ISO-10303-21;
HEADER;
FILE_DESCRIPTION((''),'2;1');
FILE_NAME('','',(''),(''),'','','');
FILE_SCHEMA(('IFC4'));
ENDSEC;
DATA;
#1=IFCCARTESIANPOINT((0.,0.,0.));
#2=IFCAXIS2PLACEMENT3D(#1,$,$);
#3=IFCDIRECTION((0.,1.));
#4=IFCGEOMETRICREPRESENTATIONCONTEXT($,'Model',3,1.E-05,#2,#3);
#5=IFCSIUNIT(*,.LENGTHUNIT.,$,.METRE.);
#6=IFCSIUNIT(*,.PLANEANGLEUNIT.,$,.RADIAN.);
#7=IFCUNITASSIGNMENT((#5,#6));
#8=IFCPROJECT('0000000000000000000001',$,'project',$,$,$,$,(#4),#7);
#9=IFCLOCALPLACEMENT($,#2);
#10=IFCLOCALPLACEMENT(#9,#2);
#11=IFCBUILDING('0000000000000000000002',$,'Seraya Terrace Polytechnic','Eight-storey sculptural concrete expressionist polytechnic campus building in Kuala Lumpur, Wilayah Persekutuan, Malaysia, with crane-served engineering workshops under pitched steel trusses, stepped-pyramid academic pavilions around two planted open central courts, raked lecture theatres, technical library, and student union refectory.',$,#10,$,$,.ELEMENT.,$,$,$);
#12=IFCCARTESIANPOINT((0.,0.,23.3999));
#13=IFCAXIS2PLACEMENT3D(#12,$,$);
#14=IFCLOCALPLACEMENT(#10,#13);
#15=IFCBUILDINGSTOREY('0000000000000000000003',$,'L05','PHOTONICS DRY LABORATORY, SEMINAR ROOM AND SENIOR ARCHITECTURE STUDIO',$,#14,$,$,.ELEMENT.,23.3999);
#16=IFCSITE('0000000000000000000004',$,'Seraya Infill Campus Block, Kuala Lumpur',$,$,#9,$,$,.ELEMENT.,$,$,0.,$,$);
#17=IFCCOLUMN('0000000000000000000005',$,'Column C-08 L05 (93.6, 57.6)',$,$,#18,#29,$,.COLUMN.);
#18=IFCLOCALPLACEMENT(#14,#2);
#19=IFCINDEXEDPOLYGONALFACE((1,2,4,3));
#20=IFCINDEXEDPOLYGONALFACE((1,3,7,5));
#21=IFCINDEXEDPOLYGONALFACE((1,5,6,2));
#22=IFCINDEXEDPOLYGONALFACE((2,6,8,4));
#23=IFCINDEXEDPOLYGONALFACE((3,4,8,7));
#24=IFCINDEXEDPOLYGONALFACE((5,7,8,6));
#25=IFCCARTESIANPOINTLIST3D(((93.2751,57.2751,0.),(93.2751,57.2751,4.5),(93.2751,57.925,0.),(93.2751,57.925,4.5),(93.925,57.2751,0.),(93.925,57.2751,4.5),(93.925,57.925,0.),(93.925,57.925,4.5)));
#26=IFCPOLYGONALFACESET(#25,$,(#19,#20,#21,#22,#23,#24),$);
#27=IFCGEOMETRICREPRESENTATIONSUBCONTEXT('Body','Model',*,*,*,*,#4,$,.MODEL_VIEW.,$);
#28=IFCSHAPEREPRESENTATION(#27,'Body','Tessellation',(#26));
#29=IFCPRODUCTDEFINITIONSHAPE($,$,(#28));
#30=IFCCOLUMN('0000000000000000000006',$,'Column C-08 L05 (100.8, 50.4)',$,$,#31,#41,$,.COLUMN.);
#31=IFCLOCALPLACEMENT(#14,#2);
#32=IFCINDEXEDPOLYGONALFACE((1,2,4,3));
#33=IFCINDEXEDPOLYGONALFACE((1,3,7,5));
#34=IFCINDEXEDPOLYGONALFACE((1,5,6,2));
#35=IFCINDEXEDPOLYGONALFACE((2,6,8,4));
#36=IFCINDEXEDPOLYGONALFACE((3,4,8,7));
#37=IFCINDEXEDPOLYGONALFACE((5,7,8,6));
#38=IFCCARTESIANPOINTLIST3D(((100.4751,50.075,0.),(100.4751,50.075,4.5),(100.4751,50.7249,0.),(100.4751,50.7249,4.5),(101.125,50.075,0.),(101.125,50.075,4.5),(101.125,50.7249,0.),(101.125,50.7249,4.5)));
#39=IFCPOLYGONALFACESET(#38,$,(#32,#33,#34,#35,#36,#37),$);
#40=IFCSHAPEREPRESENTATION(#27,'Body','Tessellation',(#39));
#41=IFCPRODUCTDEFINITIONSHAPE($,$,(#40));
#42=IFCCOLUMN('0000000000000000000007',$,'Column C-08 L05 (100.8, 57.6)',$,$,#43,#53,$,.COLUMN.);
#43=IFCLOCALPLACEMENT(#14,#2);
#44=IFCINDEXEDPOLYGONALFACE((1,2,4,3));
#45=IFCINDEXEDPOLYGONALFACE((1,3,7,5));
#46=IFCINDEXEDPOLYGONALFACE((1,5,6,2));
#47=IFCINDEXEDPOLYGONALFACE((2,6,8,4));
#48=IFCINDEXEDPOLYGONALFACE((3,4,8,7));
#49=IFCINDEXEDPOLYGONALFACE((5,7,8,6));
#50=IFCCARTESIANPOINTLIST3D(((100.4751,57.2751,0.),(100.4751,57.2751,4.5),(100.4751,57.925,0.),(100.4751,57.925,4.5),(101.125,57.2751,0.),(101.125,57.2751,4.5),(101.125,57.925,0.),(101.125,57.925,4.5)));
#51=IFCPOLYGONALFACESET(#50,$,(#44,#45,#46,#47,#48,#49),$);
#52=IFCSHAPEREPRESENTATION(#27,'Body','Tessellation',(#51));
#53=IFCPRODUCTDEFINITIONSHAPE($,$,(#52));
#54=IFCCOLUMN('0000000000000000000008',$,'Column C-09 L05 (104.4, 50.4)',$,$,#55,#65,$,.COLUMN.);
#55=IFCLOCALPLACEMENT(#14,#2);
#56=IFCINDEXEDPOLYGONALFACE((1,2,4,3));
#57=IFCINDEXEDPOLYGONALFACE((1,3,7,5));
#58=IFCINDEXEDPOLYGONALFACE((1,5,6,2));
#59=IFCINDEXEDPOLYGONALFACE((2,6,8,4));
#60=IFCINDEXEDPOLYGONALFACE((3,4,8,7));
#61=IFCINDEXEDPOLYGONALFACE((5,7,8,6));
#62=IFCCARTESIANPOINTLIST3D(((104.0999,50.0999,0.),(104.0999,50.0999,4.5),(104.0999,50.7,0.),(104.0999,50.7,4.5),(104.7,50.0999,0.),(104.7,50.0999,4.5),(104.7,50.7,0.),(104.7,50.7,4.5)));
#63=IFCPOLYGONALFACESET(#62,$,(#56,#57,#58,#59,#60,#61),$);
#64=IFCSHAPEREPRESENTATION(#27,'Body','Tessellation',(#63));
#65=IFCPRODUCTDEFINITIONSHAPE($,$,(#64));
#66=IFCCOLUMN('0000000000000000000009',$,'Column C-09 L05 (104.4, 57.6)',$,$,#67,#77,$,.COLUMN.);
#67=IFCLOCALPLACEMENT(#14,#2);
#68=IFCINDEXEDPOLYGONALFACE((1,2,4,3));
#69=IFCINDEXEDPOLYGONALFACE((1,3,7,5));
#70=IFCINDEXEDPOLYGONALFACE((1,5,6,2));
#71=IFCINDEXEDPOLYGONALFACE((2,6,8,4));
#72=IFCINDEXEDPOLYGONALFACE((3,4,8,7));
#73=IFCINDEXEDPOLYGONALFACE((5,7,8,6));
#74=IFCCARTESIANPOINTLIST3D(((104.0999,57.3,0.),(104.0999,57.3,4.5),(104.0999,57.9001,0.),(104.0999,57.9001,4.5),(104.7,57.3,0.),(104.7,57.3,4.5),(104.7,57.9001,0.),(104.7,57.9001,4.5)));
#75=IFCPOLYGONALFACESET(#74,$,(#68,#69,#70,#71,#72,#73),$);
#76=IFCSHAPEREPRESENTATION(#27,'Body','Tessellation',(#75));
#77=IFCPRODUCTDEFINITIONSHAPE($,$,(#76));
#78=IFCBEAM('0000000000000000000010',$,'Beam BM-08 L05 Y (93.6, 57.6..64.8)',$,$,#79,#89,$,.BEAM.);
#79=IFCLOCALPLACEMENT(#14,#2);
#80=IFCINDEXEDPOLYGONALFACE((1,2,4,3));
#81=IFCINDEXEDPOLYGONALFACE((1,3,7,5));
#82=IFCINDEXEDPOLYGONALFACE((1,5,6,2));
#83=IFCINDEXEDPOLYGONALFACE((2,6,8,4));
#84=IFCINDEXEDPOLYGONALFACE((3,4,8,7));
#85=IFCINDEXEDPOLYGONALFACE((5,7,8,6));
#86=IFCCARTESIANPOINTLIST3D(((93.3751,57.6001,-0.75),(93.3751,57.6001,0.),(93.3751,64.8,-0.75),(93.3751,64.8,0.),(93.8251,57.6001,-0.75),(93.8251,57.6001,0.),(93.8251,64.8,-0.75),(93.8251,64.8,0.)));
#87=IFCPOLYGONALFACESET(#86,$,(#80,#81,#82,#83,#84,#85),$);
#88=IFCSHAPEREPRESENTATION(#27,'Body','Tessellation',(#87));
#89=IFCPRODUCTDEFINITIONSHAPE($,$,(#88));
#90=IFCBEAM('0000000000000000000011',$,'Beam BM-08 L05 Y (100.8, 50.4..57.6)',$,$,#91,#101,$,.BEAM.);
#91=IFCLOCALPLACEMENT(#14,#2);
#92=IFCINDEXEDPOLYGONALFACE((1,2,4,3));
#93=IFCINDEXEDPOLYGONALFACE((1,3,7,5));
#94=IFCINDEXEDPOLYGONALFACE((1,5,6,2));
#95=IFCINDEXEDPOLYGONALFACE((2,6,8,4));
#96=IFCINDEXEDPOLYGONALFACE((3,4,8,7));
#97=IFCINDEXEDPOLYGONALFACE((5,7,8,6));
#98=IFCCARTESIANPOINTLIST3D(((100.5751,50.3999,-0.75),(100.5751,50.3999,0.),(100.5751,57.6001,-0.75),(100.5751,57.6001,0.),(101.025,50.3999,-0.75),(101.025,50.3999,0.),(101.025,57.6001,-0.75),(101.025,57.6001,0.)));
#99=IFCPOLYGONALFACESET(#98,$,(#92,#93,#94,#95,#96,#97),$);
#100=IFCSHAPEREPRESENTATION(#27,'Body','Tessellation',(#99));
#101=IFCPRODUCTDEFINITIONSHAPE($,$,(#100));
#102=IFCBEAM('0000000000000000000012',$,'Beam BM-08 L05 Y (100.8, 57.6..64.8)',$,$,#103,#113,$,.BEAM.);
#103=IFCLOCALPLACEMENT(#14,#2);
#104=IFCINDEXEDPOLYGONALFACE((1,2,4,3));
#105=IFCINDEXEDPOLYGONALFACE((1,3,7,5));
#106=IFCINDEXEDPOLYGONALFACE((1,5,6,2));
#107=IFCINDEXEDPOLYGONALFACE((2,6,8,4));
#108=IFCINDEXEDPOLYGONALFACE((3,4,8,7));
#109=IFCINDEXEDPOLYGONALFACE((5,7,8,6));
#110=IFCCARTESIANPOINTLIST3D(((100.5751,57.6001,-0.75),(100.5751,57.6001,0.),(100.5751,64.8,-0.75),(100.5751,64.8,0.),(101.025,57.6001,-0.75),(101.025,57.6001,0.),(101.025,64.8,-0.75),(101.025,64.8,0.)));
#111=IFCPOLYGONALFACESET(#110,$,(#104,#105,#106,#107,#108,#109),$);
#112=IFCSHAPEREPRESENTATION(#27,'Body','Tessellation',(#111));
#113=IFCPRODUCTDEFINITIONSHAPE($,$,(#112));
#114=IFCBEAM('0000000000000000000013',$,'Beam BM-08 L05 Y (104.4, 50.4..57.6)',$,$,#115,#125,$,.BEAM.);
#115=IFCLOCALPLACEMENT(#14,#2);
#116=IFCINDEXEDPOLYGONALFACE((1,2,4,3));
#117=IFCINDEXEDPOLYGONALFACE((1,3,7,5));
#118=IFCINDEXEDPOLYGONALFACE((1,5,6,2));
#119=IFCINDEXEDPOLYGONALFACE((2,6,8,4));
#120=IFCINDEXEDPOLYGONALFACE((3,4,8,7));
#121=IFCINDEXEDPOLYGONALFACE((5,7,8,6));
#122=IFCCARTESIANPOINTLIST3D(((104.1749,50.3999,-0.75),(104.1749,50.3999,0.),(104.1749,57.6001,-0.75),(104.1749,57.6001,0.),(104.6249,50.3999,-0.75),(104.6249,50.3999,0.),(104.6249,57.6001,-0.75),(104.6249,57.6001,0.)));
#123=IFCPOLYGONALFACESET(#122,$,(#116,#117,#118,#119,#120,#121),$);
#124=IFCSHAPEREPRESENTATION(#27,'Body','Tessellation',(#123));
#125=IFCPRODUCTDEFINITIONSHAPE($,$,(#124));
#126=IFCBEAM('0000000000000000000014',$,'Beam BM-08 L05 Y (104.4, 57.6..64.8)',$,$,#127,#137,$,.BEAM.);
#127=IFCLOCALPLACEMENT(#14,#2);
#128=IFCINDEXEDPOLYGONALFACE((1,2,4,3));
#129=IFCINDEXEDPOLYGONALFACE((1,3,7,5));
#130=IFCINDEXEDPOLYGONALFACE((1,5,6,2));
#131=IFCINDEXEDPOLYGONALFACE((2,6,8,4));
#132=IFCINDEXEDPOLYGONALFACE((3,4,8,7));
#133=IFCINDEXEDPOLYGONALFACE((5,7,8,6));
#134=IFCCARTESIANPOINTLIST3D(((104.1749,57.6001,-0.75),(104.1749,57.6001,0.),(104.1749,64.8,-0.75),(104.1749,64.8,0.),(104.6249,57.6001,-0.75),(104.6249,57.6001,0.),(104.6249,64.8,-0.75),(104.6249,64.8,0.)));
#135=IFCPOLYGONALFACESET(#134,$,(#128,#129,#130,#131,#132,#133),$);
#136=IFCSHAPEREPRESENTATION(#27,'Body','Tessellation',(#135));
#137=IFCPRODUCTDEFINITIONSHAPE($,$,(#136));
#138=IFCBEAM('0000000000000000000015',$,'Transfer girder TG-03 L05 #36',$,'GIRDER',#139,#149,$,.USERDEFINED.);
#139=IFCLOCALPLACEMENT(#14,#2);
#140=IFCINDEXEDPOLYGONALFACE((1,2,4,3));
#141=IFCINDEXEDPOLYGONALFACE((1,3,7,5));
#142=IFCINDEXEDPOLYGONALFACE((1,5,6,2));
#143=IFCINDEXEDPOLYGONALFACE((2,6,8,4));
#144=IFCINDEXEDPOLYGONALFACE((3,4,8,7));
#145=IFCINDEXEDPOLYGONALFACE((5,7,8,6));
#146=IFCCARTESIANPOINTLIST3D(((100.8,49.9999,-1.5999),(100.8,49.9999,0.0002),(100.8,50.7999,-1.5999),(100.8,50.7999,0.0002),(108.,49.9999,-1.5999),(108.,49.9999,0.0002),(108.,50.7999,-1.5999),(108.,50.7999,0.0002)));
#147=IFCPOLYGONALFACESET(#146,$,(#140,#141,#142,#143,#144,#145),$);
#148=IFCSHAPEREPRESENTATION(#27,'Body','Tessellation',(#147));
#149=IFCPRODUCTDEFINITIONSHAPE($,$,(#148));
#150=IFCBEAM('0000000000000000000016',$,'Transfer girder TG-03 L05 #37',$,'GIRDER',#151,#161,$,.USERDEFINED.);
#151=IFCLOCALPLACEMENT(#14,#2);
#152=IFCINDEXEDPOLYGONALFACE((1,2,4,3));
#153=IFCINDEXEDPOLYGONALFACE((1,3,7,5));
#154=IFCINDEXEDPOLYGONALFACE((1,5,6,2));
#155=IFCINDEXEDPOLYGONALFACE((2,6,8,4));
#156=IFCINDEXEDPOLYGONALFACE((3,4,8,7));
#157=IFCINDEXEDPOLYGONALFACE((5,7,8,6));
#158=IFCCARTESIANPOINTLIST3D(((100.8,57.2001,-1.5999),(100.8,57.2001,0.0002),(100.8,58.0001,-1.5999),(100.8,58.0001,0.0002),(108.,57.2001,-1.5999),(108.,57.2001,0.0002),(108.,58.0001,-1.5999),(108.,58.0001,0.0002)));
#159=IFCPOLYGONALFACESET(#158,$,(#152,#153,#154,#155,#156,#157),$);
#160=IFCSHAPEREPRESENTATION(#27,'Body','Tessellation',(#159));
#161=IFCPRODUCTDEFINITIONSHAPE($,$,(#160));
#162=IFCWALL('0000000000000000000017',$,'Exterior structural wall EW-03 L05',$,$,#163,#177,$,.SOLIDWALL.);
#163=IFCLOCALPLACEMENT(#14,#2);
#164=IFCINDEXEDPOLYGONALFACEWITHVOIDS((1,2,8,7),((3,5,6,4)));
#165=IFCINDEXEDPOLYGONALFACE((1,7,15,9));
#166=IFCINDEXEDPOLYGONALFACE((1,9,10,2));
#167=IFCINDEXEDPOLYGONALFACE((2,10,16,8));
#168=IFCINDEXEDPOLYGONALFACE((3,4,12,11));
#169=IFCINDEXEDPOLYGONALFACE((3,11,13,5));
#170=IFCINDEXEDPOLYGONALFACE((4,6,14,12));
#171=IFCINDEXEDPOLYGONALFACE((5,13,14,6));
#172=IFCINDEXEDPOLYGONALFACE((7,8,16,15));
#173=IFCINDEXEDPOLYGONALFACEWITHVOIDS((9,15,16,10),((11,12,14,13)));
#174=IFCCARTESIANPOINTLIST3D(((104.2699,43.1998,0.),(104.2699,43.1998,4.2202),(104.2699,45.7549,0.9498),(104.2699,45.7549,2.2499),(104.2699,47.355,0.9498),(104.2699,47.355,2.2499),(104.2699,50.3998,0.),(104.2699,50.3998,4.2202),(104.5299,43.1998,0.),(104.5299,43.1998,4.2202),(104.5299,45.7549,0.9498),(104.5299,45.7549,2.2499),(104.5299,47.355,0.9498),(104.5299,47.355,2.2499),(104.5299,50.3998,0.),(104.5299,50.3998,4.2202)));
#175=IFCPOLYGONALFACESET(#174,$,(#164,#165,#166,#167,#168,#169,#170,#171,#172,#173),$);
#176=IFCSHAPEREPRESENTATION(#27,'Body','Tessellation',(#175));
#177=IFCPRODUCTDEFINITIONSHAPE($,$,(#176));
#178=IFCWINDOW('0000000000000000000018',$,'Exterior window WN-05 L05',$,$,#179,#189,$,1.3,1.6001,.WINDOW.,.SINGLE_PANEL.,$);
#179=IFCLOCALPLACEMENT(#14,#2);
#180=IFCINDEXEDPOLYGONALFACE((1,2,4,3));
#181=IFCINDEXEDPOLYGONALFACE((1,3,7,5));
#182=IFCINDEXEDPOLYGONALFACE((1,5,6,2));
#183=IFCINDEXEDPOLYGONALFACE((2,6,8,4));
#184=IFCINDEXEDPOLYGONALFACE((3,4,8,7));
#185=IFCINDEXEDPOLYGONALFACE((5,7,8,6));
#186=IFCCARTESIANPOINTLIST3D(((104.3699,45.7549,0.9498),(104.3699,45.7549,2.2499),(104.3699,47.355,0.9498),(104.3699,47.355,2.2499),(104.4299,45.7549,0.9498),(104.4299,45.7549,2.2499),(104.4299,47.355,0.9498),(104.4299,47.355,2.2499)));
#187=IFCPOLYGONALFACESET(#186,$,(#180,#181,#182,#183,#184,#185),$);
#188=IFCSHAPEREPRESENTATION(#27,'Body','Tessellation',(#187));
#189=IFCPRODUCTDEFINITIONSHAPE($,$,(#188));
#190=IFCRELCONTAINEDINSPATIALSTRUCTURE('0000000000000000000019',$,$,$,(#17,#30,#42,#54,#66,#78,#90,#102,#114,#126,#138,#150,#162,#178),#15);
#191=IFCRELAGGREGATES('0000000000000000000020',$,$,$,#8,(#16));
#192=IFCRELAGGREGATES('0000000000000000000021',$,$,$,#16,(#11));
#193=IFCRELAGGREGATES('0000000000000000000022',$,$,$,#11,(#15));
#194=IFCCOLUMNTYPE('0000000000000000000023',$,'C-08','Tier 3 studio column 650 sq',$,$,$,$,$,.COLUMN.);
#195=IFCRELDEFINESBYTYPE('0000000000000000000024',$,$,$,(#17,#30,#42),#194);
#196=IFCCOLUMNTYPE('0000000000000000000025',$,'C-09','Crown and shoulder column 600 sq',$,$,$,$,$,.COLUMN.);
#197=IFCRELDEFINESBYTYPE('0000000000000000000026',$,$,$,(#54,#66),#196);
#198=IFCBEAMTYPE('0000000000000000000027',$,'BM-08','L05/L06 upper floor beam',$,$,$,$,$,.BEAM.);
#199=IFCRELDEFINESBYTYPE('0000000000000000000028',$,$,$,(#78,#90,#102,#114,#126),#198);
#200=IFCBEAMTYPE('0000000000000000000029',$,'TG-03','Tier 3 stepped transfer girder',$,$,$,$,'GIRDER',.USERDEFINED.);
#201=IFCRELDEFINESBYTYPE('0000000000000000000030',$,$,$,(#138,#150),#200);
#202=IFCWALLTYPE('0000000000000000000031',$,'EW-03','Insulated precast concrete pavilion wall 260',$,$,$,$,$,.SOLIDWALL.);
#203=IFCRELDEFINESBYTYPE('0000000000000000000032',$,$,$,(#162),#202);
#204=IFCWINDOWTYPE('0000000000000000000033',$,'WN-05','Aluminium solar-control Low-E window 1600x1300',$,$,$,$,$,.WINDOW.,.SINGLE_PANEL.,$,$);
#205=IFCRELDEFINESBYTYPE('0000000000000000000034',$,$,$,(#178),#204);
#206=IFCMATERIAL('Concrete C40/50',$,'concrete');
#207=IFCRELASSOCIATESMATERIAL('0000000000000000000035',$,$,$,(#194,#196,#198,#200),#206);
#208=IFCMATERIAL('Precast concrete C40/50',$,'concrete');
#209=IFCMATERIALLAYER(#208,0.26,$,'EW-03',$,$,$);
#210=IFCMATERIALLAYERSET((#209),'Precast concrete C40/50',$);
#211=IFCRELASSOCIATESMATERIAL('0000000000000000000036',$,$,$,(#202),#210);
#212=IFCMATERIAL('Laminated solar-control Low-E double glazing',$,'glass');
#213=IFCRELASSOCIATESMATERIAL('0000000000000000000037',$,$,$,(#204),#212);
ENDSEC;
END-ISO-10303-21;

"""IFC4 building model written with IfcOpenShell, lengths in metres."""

from ifc_helpers import new_model, si_unit, direction, frame, frame_2d, origin, origin_2d, place, context, subcontext, project, spatial, rectangle, extrude, material, layer, layer_set, material_profile, profile_set, type_object, element, fill, save


model = new_model("IFC4")

# Units and contexts
model_context = context("Model", 3, precision=1e-05, world=origin(), true_north=direction((0.0, 1.0)))
body_context = subcontext(model_context, "Body", "Model", "MODEL_VIEW")
ifc_project = project(units=[si_unit("LENGTHUNIT", "METRE"), si_unit("PLANEANGLEUNIT", "RADIAN")], contexts=[model_context])

# Site, building, storey
site_placement = place(None, origin())
site = spatial("IfcSite", under=ifc_project, at=site_placement, Name="Seraya Infill Campus Block, Kuala Lumpur", CompositionType="ELEMENT", RefElevation=0.0)
building_placement = place(site_placement, origin())
building = spatial("IfcBuilding", under=site, at=building_placement, Name="Seraya Terrace Polytechnic", Description="Eight-storey sculptural concrete expressionist polytechnic campus building in Kuala Lumpur, Wilayah Persekutuan, Malaysia, with crane-served engineering workshops under pitched steel trusses, stepped-pyramid academic pavilions around two planted open central courts, raked lecture theatres, technical library, and student union refectory.", CompositionType="ELEMENT")
storey_placement = place(building_placement, frame((0.0, 0.0, 23.3999)))
storey = spatial("IfcBuildingStorey", under=building, at=storey_placement, Name="L05", Description="PHOTONICS DRY LABORATORY, SEMINAR ROOM AND SENIOR ARCHITECTURE STUDIO", CompositionType="ELEMENT", Elevation=23.3999)

# Columns
ifc_material_1 = material(Name="Concrete C40/50", Category="concrete")
ifc_material_profile_1 = material_profile(ifc_material_1, rectangle(XDim=0.6499, YDim=0.6499, at=origin_2d()), Name="RC 650x650")
ifc_profile_set_1 = profile_set([ifc_material_profile_1], Name="Concrete C40/50")
column_type_1 = type_object("IfcColumnType", Name="C-08", Description="Tier 3 studio column 650 sq", PredefinedType="COLUMN", material=ifc_profile_set_1)
for number, where, z_axis, x_axis, name in (
    (1, (93.6001, 57.6001, 0.0), (0.0, 0.0, 1.0), (1.0, 0.0, 0.0), "Column C-08 L05 (93.6, 57.6)"),
    (2, (100.8, 50.3999, 0.0), (0.0, 0.0, 1.0), (1.0, 0.0, 0.0), "Column C-08 L05 (100.8, 50.4)"),
    (3, (100.8, 57.6001, 0.0), (0.0, 0.0, 1.0), (1.0, 0.0, 0.0), "Column C-08 L05 (100.8, 57.6)"),
):
    element("IfcColumn", number, at=place(storey_placement, frame(where, z_axis=z_axis, x_axis=x_axis)), inside=storey, type_object=column_type_1, Name=name, PredefinedType="COLUMN", context=body_context, shape_type="SweptSolid", body=[
        extrude(rectangle(XDim=0.6499, YDim=0.6499, at=origin_2d()), origin(), (0.0, 0.0, 1.0), 4.5),
    ])
ifc_material_profile_2 = material_profile(ifc_material_1, rectangle(XDim=0.6001, YDim=0.6001, at=origin_2d()), Name="RC 600x600")
ifc_profile_set_2 = profile_set([ifc_material_profile_2], Name="Concrete C40/50")
column_type_2 = type_object("IfcColumnType", Name="C-09", Description="Crown and shoulder column 600 sq", PredefinedType="COLUMN", material=ifc_profile_set_2)
for number, where, z_axis, x_axis, name in (
    (4, (104.3999, 50.3999, 0.0), (0.0, 0.0, 1.0), (1.0, 0.0, 0.0), "Column C-09 L05 (104.4, 50.4)"),
    (5, (104.3999, 57.6001, 0.0), (0.0, 0.0, 1.0), (1.0, 0.0, 0.0), "Column C-09 L05 (104.4, 57.6)"),
):
    element("IfcColumn", number, at=place(storey_placement, frame(where, z_axis=z_axis, x_axis=x_axis)), inside=storey, type_object=column_type_2, Name=name, PredefinedType="COLUMN", context=body_context, shape_type="SweptSolid", body=[
        extrude(rectangle(XDim=0.6001, YDim=0.6001, at=origin_2d()), origin(), (0.0, 0.0, 1.0), 4.5),
    ])

# Beams
ifc_material_profile_3 = material_profile(ifc_material_1, rectangle(XDim=0.45, YDim=0.75, at=origin_2d()), Name="RC 450x750")
ifc_profile_set_3 = profile_set([ifc_material_profile_3], Name="Concrete C40/50")
beam_type_1 = type_object("IfcBeamType", Name="BM-08", Description="L05/L06 upper floor beam", PredefinedType="BEAM", material=ifc_profile_set_3)
beam_1_placement = place(storey_placement, frame((93.6001, 57.6001, -0.375), z_axis=(0.0, 1.0, 0.0), x_axis=(-1.0, 0.0, 0.0)))
element("IfcBeam", 6, at=beam_1_placement, inside=storey, type_object=beam_type_1, Name="Beam BM-08 L05 Y (93.6, 57.6..64.8)", PredefinedType="BEAM", context=body_context, shape_type="SweptSolid", body=[
    extrude(rectangle(XDim=0.45, YDim=0.75, at=origin_2d()), origin(), (0.0, 0.0, 1.0), 7.2),
])
beam_2_placement = place(storey_placement, frame((100.8, 50.3999, -0.375), z_axis=(0.0, 1.0, 0.0), x_axis=(-1.0, 0.0, 0.0)))
element("IfcBeam", 7, at=beam_2_placement, inside=storey, type_object=beam_type_1, Name="Beam BM-08 L05 Y (100.8, 50.4..57.6)", PredefinedType="BEAM", context=body_context, shape_type="SweptSolid", body=[
    extrude(rectangle(XDim=0.45, YDim=0.75, at=origin_2d()), origin(), (0.0, 0.0, 1.0), 7.2002),
])
beam_3_placement = place(storey_placement, frame((100.8, 57.6001, -0.375), z_axis=(0.0, 1.0, 0.0), x_axis=(-1.0, 0.0, 0.0)))
element("IfcBeam", 8, at=beam_3_placement, inside=storey, type_object=beam_type_1, Name="Beam BM-08 L05 Y (100.8, 57.6..64.8)", PredefinedType="BEAM", context=body_context, shape_type="SweptSolid", body=[
    extrude(rectangle(XDim=0.45, YDim=0.75, at=origin_2d()), origin(), (0.0, 0.0, 1.0), 7.2),
])
beam_4_placement = place(storey_placement, frame((104.3999, 50.3999, -0.375), z_axis=(0.0, 1.0, 0.0), x_axis=(-1.0, 0.0, 0.0)))
element("IfcBeam", 9, at=beam_4_placement, inside=storey, type_object=beam_type_1, Name="Beam BM-08 L05 Y (104.4, 50.4..57.6)", PredefinedType="BEAM", context=body_context, shape_type="SweptSolid", body=[
    extrude(rectangle(XDim=0.45, YDim=0.75, at=origin_2d()), origin(), (0.0, 0.0, 1.0), 7.2002),
])
beam_5_placement = place(storey_placement, frame((104.3999, 57.6001, -0.375), z_axis=(0.0, 1.0, 0.0), x_axis=(-1.0, 0.0, 0.0)))
element("IfcBeam", 10, at=beam_5_placement, inside=storey, type_object=beam_type_1, Name="Beam BM-08 L05 Y (104.4, 57.6..64.8)", PredefinedType="BEAM", context=body_context, shape_type="SweptSolid", body=[
    extrude(rectangle(XDim=0.45, YDim=0.75, at=origin_2d()), origin(), (0.0, 0.0, 1.0), 7.2),
])
ifc_material_profile_4 = material_profile(ifc_material_1, rectangle(XDim=0.8, YDim=1.6001, at=origin_2d()), Name="RC 800x1600")
ifc_profile_set_4 = profile_set([ifc_material_profile_4], Name="Concrete C40/50")
beam_type_2 = type_object("IfcBeamType", Name="TG-03", Description="Tier 3 stepped transfer girder", ElementType="GIRDER", PredefinedType="USERDEFINED", material=ifc_profile_set_4)
for number, where, z_axis, x_axis, name in (
    (11, (100.8, 50.3999, -0.7998), (1.0, 0.0, 0.0), (0.0, 1.0, 0.0), "Transfer girder TG-03 L05 #36"),
    (12, (100.8, 57.6001, -0.7998), (1.0, 0.0, 0.0), (0.0, 1.0, 0.0), "Transfer girder TG-03 L05 #37"),
):
    element("IfcBeam", number, at=place(storey_placement, frame(where, z_axis=z_axis, x_axis=x_axis)), inside=storey, type_object=beam_type_2, Name=name, ObjectType="GIRDER", PredefinedType="USERDEFINED", context=body_context, shape_type="SweptSolid", body=[
        extrude(rectangle(XDim=0.8, YDim=1.6001, at=origin_2d()), origin(), (0.0, 0.0, 1.0), 7.2),
    ])

# Wall, opening, window
ifc_material_2 = material(Name="Precast concrete C40/50", Category="concrete")
ifc_layer = layer(ifc_material_2, 0.26, Name="EW-03")
ifc_layer_set = layer_set([ifc_layer], Name="Precast concrete C40/50")
wall_type = type_object("IfcWallType", Name="EW-03", Description="Insulated precast concrete pavilion wall 260", PredefinedType="SOLIDWALL", material=ifc_layer_set)
wall_placement = place(storey_placement, frame((104.3999, 50.3999, 0.0), z_axis=(0.0, 0.0, 1.0), x_axis=(0.0, -1.0, 0.0)))
wall = element("IfcWall", 13, at=wall_placement, inside=storey, type_object=wall_type, Name="Exterior structural wall EW-03 L05", PredefinedType="SOLIDWALL", context=body_context, shape_type="SweptSolid", body=[
    extrude(rectangle(XDim=7.2, YDim=0.26, at=frame_2d((3.6001, 0.0))), origin(), (0.0, 0.0, 1.0), 4.2202),
])
opening_placement = place(wall_placement, frame((3.0449, 0.0, 0.95)))
opening = element("IfcOpeningElement", 14, at=opening_placement, cuts=wall, PredefinedType="OPENING", context=body_context, shape_type="SweptSolid", body=[
    extrude(rectangle(XDim=1.6001, YDim=1.3, at=frame_2d((0.8, 0.6499))), frame((0.0, 0.1421, 0.0), z_axis=(0.0, -1.0, 0.0), x_axis=(1.0, 0.0, 0.0)), (0.0, 0.0, 1.0), 0.2839),
])
ifc_material_3 = material(Name="Laminated solar-control Low-E double glazing", Category="glass")
window_type = type_object("IfcWindowType", Name="WN-05", Description="Aluminium solar-control Low-E window 1600x1300", PartitioningType="SINGLE_PANEL", PredefinedType="WINDOW", material=ifc_material_3)
window_placement = place(opening_placement, origin())
window = element("IfcWindow", 15, at=window_placement, inside=storey, type_object=window_type, Name="Exterior window WN-05 L05", OverallHeight=1.3, OverallWidth=1.6001, PartitioningType="SINGLE_PANEL", PredefinedType="WINDOW", context=body_context, shape_type="SweptSolid", body=[
    extrude(rectangle(XDim=1.6001, YDim=1.3, at=frame_2d((0.8, 0.6499))), frame((0.0, 0.03, 0.0), z_axis=(0.0, -1.0, 0.0), x_axis=(1.0, 0.0, 0.0)), (0.0, 0.0, 1.0), 0.0601),
])
fill(opening, window)

save(model, "model.ifc")
